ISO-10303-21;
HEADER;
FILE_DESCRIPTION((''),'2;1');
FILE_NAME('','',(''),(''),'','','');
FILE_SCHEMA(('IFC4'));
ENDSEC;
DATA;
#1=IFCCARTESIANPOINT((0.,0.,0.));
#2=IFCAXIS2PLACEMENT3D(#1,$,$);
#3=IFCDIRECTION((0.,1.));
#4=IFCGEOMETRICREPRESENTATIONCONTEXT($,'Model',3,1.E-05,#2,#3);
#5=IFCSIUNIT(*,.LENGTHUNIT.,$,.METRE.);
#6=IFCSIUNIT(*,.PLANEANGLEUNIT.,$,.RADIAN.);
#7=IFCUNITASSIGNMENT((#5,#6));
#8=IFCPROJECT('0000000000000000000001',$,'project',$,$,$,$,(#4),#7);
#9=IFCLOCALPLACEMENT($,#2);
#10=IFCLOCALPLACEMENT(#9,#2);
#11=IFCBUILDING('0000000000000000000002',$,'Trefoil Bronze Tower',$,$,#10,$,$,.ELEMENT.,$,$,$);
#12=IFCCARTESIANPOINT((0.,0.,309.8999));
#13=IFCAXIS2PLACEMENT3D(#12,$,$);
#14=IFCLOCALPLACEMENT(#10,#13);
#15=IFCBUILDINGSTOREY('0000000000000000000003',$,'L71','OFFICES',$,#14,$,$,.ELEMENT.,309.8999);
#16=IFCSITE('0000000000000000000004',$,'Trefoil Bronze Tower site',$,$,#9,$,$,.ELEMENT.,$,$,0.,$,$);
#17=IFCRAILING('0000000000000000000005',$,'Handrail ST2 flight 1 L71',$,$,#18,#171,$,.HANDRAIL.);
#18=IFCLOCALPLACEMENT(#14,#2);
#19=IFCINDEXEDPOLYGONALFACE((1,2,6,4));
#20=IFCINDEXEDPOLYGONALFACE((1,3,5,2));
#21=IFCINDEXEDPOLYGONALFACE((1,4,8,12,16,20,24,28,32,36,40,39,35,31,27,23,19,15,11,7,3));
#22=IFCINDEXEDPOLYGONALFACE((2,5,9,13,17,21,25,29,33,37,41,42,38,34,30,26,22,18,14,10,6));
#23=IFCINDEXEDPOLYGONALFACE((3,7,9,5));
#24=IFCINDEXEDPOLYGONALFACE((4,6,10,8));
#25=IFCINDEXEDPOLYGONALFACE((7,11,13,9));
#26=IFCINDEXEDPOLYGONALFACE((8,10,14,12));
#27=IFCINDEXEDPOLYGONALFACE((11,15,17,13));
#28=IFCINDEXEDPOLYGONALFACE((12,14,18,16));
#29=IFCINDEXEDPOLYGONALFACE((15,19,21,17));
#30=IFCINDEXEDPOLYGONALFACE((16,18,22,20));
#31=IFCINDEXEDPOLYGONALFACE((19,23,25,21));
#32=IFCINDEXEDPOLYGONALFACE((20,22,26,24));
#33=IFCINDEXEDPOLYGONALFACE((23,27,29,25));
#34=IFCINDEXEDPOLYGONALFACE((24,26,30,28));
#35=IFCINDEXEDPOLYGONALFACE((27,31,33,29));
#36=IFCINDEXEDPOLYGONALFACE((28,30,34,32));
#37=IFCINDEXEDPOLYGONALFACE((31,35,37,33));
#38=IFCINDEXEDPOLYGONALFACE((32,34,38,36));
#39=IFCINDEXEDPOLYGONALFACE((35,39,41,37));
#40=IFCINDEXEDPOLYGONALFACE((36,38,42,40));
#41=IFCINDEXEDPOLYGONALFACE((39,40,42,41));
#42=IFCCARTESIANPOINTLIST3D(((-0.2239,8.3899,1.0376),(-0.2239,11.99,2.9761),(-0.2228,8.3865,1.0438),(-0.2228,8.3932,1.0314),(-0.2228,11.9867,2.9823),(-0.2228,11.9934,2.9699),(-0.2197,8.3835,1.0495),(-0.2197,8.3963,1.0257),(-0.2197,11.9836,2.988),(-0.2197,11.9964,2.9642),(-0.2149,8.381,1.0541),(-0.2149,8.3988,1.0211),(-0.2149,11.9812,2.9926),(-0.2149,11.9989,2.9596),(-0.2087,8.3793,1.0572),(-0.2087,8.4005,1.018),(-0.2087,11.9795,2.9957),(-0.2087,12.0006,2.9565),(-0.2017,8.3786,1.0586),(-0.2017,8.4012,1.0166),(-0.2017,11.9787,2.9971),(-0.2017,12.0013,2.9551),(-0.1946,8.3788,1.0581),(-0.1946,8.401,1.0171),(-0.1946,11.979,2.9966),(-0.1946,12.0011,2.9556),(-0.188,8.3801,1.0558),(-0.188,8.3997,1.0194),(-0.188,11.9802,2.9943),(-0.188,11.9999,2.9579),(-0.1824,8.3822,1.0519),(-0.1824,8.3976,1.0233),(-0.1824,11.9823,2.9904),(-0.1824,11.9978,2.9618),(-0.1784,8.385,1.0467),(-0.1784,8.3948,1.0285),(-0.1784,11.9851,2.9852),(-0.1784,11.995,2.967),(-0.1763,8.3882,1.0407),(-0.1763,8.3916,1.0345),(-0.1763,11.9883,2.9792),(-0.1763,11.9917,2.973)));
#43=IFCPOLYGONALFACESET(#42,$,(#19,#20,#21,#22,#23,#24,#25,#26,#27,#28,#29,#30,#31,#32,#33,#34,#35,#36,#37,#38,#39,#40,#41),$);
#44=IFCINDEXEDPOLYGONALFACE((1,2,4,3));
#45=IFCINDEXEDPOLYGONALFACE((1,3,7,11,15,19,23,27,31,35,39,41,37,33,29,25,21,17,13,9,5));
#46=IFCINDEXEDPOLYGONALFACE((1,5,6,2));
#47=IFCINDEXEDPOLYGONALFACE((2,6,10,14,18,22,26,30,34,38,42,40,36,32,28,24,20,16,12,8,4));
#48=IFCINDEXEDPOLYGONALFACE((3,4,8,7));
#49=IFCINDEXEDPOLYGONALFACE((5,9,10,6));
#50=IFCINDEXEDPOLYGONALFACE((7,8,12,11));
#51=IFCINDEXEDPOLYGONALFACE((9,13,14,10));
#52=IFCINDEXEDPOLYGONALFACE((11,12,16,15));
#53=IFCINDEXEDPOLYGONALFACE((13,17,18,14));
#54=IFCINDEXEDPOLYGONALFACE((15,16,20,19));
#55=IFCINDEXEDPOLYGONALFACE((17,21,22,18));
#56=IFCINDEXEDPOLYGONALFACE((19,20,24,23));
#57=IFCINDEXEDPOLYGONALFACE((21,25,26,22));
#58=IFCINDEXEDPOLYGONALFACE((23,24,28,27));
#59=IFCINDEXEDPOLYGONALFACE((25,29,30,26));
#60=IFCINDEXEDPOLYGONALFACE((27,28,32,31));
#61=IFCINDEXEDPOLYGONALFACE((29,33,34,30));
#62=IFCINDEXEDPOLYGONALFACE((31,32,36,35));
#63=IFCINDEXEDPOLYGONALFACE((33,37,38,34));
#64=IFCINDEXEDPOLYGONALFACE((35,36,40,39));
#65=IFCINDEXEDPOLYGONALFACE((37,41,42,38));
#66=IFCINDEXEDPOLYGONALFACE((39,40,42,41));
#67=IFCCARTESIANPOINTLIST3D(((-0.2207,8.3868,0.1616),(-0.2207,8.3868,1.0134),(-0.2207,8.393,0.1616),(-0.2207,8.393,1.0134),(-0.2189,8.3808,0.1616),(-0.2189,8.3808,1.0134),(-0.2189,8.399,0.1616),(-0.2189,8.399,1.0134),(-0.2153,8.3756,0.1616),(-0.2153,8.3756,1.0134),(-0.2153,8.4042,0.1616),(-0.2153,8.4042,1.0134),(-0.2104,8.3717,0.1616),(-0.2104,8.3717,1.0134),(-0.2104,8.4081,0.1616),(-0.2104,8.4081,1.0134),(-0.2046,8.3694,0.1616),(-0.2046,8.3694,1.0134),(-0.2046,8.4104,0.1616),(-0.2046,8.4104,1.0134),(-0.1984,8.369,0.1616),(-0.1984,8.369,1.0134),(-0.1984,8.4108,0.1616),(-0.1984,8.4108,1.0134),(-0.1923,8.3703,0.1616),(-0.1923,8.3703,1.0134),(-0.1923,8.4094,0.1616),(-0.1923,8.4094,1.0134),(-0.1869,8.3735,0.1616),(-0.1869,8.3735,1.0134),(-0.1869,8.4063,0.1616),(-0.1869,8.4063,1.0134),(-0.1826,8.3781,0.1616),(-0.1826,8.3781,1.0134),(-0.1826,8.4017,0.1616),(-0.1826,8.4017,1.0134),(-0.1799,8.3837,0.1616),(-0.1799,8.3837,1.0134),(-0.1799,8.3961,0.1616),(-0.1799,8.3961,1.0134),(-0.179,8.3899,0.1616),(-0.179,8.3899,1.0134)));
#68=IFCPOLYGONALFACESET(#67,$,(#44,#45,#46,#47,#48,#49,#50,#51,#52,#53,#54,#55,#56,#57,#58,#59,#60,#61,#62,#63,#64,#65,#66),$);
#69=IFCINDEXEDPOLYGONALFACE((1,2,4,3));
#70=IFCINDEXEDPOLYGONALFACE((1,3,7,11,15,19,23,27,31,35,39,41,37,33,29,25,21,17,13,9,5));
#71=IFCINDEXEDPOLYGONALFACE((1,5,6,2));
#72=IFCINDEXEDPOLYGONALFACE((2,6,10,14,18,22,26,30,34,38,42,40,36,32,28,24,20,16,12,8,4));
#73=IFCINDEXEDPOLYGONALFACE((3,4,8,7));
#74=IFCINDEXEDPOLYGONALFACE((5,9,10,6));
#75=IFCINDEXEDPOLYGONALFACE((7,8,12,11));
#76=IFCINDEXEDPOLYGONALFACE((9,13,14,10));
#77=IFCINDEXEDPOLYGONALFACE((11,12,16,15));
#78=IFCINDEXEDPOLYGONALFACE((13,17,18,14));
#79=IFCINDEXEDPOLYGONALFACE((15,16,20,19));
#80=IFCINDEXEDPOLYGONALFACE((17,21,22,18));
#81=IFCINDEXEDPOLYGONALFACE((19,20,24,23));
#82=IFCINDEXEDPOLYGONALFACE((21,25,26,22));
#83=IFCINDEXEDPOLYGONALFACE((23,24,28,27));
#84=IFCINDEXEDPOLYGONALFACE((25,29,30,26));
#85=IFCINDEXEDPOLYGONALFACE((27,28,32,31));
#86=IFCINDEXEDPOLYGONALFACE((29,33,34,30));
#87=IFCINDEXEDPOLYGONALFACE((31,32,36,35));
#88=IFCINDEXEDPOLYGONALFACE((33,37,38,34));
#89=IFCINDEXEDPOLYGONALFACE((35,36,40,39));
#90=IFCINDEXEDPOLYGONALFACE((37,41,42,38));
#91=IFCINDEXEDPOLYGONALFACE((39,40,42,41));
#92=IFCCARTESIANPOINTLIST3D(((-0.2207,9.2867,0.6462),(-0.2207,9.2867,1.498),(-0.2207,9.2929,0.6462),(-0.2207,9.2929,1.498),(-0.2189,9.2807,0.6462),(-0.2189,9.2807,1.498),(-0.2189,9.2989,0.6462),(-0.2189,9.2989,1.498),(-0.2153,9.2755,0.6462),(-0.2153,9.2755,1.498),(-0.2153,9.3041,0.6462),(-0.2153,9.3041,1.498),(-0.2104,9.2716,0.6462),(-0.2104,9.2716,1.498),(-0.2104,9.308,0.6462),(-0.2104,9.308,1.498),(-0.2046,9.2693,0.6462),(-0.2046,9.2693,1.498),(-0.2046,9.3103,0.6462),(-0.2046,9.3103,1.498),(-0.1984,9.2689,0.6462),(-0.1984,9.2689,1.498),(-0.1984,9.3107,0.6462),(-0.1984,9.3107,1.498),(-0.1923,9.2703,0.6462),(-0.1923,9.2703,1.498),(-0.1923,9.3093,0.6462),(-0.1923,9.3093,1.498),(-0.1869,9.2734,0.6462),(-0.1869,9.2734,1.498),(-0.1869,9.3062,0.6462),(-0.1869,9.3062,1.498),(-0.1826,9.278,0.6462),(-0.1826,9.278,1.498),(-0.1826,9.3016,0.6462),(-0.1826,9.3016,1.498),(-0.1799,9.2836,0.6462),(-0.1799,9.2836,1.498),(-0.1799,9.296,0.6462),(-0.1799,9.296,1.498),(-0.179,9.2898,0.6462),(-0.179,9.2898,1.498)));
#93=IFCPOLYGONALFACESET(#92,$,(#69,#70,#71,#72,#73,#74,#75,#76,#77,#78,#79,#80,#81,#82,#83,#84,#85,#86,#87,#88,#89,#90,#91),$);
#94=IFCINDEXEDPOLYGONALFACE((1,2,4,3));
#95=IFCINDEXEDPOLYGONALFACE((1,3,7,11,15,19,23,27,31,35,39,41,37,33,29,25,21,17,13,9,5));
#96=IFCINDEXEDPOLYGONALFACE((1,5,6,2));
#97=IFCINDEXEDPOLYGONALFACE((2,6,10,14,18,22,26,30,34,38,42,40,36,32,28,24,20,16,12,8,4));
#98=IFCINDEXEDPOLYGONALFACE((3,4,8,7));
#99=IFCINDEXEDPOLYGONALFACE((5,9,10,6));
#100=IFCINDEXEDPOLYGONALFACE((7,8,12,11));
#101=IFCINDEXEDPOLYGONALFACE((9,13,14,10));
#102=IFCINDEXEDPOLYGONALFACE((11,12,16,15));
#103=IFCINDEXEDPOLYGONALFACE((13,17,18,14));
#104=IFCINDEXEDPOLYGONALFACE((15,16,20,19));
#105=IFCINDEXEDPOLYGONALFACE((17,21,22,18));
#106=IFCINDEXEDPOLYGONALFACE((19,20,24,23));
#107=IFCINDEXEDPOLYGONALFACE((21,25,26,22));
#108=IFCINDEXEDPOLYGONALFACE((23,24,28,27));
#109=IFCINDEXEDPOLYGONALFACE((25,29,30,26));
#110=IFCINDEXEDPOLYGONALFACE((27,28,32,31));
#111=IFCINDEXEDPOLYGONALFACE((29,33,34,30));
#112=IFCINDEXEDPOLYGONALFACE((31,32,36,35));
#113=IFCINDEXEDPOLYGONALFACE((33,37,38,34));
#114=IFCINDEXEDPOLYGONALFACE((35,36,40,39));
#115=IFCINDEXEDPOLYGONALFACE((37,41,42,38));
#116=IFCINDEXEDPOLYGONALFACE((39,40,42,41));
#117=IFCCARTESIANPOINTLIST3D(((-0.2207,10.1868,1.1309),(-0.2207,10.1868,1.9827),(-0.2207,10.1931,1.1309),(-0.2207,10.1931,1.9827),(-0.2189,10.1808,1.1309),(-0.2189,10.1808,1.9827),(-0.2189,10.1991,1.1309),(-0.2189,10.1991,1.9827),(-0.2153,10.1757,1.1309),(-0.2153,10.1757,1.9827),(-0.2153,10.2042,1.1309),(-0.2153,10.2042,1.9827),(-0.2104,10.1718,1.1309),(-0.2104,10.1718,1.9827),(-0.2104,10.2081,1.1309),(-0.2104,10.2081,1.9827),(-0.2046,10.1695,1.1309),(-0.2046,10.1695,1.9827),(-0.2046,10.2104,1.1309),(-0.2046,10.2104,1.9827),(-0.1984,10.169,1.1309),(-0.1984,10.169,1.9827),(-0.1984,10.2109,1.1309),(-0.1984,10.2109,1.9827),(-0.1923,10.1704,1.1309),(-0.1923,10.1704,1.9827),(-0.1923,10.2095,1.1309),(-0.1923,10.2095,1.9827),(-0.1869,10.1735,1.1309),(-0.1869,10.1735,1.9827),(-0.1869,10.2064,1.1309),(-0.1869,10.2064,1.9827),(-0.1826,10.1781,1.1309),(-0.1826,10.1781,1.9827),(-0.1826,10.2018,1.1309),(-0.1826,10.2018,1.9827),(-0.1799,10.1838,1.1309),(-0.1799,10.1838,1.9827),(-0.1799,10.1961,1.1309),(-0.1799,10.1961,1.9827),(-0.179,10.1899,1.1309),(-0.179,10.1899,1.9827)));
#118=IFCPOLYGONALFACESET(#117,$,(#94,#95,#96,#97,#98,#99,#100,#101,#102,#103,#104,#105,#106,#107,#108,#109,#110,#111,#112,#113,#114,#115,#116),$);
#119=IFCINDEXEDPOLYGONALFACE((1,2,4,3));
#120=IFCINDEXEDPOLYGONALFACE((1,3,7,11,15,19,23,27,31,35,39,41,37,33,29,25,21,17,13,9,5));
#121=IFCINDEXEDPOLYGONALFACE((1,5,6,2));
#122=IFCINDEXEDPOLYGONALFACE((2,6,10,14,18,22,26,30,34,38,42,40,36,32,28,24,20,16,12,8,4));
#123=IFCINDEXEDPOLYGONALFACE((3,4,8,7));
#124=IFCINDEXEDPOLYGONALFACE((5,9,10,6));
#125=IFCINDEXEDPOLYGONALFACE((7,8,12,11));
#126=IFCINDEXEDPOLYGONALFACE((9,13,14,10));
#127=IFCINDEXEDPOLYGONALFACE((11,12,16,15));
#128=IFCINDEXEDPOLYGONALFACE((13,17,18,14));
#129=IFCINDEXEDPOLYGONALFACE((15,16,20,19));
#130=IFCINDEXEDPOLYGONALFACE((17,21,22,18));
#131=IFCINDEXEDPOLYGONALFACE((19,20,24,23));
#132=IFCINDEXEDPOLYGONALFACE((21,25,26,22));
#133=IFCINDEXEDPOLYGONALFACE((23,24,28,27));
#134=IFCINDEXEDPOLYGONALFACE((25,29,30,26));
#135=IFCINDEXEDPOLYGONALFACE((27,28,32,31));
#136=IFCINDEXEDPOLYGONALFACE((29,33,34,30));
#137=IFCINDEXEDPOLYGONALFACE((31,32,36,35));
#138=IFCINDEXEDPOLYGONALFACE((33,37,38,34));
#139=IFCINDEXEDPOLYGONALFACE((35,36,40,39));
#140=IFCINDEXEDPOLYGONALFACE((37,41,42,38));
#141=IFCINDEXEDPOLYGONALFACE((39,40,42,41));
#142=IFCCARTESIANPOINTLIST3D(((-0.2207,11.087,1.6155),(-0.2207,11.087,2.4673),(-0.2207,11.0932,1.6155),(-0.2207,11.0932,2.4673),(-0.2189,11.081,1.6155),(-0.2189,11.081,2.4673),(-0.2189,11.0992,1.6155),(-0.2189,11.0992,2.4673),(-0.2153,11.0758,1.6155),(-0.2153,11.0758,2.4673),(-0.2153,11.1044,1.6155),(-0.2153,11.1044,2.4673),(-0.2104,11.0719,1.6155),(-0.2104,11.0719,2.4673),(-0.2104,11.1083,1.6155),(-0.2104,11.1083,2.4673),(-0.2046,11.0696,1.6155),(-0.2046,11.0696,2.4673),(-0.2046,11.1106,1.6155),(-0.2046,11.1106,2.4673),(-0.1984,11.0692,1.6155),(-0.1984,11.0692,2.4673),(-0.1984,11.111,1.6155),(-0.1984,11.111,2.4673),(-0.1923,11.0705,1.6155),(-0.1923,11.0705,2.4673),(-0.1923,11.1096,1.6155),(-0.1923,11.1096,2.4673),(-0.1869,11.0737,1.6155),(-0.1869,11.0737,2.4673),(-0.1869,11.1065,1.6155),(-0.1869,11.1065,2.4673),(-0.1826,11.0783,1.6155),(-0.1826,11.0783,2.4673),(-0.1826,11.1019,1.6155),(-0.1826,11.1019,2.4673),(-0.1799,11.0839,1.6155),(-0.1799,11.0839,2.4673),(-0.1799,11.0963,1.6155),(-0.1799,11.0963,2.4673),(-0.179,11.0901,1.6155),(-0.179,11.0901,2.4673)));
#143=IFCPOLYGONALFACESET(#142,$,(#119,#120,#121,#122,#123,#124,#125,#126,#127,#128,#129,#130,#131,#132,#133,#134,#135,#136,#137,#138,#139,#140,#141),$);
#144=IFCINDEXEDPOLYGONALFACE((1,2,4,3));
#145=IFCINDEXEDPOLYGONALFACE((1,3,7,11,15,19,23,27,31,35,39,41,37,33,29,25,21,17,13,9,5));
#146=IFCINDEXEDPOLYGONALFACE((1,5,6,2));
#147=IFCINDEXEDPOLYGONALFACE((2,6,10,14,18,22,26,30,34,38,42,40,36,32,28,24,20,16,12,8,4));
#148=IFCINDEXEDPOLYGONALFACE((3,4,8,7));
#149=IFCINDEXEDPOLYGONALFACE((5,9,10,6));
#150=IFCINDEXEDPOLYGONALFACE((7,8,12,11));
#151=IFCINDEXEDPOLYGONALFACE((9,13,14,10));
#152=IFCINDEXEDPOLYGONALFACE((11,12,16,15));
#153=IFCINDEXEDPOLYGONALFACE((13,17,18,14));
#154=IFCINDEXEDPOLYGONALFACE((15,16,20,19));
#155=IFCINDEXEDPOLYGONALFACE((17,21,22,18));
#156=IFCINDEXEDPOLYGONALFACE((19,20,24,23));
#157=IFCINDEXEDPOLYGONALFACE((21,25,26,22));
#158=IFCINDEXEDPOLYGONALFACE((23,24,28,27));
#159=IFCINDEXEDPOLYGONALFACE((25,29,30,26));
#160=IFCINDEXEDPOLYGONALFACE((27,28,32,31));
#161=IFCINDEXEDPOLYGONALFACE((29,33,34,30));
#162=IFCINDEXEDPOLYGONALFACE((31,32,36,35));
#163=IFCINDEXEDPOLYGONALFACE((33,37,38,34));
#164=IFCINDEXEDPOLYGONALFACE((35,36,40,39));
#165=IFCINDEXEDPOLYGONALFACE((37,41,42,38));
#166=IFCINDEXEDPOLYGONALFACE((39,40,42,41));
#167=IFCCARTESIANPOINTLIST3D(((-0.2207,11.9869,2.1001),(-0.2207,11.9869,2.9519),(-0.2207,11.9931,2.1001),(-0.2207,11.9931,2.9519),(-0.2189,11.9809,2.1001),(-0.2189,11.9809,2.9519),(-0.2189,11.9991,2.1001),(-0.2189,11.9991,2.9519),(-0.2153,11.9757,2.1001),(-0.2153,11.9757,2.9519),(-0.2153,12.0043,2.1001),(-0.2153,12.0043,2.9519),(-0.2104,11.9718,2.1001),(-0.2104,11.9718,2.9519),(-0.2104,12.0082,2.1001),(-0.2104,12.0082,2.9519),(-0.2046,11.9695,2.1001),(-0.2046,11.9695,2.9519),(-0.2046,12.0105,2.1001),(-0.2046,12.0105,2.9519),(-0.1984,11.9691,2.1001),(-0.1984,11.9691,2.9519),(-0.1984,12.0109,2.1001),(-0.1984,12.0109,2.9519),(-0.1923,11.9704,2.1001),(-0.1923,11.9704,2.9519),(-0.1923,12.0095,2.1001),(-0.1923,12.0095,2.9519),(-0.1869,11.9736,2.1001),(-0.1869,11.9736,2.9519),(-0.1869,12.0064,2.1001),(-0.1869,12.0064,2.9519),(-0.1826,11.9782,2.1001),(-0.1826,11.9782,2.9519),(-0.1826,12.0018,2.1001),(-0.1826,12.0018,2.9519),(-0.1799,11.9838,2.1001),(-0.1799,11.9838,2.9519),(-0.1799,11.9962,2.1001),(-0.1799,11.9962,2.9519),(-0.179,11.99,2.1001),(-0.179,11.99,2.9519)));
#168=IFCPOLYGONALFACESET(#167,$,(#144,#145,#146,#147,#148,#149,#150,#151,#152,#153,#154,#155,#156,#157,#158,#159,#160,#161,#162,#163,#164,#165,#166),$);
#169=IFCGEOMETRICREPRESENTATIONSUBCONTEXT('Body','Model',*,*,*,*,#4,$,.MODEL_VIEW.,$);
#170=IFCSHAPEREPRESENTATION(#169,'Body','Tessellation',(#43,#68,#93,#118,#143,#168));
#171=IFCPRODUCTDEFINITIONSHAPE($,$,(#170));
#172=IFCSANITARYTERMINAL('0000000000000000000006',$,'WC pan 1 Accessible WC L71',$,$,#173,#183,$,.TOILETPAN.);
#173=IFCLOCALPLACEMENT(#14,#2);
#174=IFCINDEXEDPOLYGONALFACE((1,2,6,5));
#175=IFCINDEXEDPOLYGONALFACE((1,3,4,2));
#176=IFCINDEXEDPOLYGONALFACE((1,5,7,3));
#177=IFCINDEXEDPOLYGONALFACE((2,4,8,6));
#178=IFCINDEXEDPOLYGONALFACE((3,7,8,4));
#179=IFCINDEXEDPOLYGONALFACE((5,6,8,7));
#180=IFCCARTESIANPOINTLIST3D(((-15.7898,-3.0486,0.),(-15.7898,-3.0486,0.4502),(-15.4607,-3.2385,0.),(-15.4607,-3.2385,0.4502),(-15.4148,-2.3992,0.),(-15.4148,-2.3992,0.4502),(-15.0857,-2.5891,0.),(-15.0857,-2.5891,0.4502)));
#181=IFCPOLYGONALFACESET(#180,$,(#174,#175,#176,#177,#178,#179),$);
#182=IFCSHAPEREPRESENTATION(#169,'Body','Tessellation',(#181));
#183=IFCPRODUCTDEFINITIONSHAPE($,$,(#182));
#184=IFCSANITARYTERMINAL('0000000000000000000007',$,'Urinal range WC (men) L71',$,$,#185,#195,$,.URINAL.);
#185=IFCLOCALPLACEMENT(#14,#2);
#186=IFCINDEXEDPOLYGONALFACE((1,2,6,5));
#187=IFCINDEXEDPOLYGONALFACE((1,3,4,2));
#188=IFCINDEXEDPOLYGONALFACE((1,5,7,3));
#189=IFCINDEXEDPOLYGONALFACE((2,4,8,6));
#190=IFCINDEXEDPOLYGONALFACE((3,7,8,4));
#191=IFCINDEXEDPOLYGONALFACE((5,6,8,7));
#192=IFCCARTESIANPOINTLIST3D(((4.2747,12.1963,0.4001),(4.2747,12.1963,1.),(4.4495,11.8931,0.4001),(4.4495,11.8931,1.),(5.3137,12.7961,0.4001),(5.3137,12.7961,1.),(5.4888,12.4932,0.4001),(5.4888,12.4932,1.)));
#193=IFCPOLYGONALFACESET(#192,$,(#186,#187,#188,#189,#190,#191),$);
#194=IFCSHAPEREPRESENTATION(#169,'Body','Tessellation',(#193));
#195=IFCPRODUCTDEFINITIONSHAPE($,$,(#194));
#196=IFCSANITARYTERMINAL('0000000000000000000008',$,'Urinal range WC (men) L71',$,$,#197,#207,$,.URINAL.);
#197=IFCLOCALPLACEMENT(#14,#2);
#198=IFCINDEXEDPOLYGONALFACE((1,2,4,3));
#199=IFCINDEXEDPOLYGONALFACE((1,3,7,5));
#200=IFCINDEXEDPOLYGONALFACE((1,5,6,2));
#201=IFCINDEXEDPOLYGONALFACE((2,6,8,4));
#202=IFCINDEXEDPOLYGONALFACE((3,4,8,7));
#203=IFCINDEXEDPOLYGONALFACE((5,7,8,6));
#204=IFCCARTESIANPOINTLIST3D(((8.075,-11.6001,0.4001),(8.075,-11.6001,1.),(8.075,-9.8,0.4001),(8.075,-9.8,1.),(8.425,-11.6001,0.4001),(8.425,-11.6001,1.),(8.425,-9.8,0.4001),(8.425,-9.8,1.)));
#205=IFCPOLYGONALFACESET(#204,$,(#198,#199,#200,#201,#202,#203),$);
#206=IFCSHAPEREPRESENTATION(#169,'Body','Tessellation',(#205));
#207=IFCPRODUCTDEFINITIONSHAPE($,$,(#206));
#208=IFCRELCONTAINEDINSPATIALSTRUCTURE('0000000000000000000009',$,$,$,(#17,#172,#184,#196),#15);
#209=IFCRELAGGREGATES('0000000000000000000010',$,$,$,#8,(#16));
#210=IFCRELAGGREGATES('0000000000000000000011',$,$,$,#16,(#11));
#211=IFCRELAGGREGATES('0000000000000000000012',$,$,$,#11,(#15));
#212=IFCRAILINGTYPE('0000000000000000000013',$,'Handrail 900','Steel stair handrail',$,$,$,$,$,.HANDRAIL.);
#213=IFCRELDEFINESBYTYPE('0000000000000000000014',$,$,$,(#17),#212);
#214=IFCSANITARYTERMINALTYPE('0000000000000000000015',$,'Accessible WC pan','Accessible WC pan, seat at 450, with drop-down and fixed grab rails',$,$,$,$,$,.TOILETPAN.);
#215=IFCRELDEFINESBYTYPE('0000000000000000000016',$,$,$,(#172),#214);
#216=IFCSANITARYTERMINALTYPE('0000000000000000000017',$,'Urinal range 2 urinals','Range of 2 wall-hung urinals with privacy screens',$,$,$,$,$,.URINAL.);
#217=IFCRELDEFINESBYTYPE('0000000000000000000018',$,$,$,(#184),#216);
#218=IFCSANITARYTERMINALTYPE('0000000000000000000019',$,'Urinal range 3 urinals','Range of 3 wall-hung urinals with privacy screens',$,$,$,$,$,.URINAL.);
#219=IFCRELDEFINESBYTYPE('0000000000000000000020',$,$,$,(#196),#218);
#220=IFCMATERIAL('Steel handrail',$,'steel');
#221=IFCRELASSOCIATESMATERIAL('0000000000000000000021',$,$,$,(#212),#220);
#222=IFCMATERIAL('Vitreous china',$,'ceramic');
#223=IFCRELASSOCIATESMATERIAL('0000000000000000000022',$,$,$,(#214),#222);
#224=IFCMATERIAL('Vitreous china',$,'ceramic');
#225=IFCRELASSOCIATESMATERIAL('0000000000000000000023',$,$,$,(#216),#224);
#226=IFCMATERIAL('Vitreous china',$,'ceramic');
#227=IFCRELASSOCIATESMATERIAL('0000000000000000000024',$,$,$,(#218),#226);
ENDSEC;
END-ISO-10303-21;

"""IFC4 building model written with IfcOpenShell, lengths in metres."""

from ifc_helpers import new_model, si_unit, direction, frame, origin, origin_2d, place, context, subcontext, project, spatial, polyline, circle, outline, extrude, material, type_object, element, save


model = new_model("IFC4")

# Units and contexts
model_context = context("Model", 3, precision=1e-05, world=origin(), true_north=direction((0.0, 1.0)))
body_context = subcontext(model_context, "Body", "Model", "MODEL_VIEW")
ifc_project = project(units=[si_unit("LENGTHUNIT", "METRE"), si_unit("PLANEANGLEUNIT", "RADIAN")], contexts=[model_context])

# Site, building, storey
site_placement = place(None, origin())
site = spatial("IfcSite", under=ifc_project, at=site_placement, Name="Trefoil Bronze Tower site", CompositionType="ELEMENT", RefElevation=0.0)
building_placement = place(site_placement, origin())
building = spatial("IfcBuilding", under=site, at=building_placement, Name="Trefoil Bronze Tower", CompositionType="ELEMENT")
storey_placement = place(building_placement, frame((0.0, 0.0, 309.8999)))
storey = spatial("IfcBuildingStorey", under=building, at=storey_placement, Name="L71", Description="OFFICES", CompositionType="ELEMENT", Elevation=309.8999)

# Railing
ifc_material_1 = material(Name="Steel handrail", Category="steel")
railing_type = type_object("IfcRailingType", Name="Handrail 900", Description="Steel stair handrail", PredefinedType="HANDRAIL", material=ifc_material_1)
railing_placement = place(storey_placement, frame((-0.2, 8.3899, 0.1616)))
element("IfcRailing", 1, at=railing_placement, inside=storey, type_object=railing_type, Name="Handrail ST2 flight 1 L71", PredefinedType="HANDRAIL", context=body_context, shape_type="SweptSolid", body=[
    extrude(circle(Radius=0.0239, at=origin_2d()), frame((0.0, 0.0, 0.876), z_axis=(0.0, 0.880475, 0.474093), x_axis=(-1.0, 0.0, 0.0)), (0.0, 0.0, 1.0), 4.0889),
    extrude(circle(Radius=0.021, at=origin_2d()), origin(), (0.0, 0.0, 1.0), 0.8518),
    extrude(circle(Radius=0.021, at=origin_2d()), frame((0.0, 0.8999, 0.4846)), (0.0, 0.0, 1.0), 0.8518),
    extrude(circle(Radius=0.021, at=origin_2d()), frame((0.0, 1.8, 0.9692)), (0.0, 0.0, 1.0), 0.8518),
    extrude(circle(Radius=0.021, at=origin_2d()), frame((0.0, 2.7002, 1.4539)), (0.0, 0.0, 1.0), 0.8518),
    extrude(circle(Radius=0.021, at=origin_2d()), frame((0.0, 3.6001, 1.9385)), (0.0, 0.0, 1.0), 0.8518),
])

# Sanitary terminals
ifc_material_2 = material(Name="Vitreous china", Category="ceramic")
sanitary_terminal_type_1 = type_object("IfcSanitaryTerminalType", Name="Accessible WC pan", Description="Accessible WC pan, seat at 450, with drop-down and fixed grab rails", PredefinedType="TOILETPAN", material=ifc_material_2)
sanitary_terminal_1_placement = place(storey_placement, origin())
element("IfcSanitaryTerminal", 2, at=sanitary_terminal_1_placement, inside=storey, type_object=sanitary_terminal_type_1, Name="WC pan 1 Accessible WC L71", PredefinedType="TOILETPAN", context=body_context, shape_type="SweptSolid", body=[
    extrude(outline(polyline([(-15.0857, -2.5891), (-15.4607, -3.2385), (-15.7898, -3.0486), (-15.4148, -2.3992), (-15.0857, -2.5891)])), origin(), (0.0, 0.0, 1.0), 0.4502),
])
ifc_material_3 = material(Name="Vitreous china", Category="ceramic")
sanitary_terminal_type_2 = type_object("IfcSanitaryTerminalType", Name="Urinal range 2 urinals", Description="Range of 2 wall-hung urinals with privacy screens", PredefinedType="URINAL", material=ifc_material_3)
sanitary_terminal_2_placement = place(storey_placement, frame((0.0, 0.0, 0.4001)))
element("IfcSanitaryTerminal", 3, at=sanitary_terminal_2_placement, inside=storey, type_object=sanitary_terminal_type_2, Name="Urinal range WC (men) L71", PredefinedType="URINAL", context=body_context, shape_type="SweptSolid", body=[
    extrude(outline(polyline([(4.4495, 11.8931), (4.2747, 12.1963), (5.3137, 12.7961), (5.4888, 12.4932), (4.4495, 11.8931)])), origin(), (0.0, 0.0, 1.0), 0.5999),
])
ifc_material_4 = material(Name="Vitreous china", Category="ceramic")
sanitary_terminal_type_3 = type_object("IfcSanitaryTerminalType", Name="Urinal range 3 urinals", Description="Range of 3 wall-hung urinals with privacy screens", PredefinedType="URINAL", material=ifc_material_4)
sanitary_terminal_3_placement = place(storey_placement, frame((0.0, 0.0, 0.4001)))
element("IfcSanitaryTerminal", 4, at=sanitary_terminal_3_placement, inside=storey, type_object=sanitary_terminal_type_3, Name="Urinal range WC (men) L71", PredefinedType="URINAL", context=body_context, shape_type="SweptSolid", body=[
    extrude(outline(polyline([(8.075, -9.8), (8.425, -9.8), (8.425, -11.6001), (8.075, -11.6001), (8.075, -9.8)])), origin(), (0.0, 0.0, 1.0), 0.5999),
])

save(model, "model.ifc")
